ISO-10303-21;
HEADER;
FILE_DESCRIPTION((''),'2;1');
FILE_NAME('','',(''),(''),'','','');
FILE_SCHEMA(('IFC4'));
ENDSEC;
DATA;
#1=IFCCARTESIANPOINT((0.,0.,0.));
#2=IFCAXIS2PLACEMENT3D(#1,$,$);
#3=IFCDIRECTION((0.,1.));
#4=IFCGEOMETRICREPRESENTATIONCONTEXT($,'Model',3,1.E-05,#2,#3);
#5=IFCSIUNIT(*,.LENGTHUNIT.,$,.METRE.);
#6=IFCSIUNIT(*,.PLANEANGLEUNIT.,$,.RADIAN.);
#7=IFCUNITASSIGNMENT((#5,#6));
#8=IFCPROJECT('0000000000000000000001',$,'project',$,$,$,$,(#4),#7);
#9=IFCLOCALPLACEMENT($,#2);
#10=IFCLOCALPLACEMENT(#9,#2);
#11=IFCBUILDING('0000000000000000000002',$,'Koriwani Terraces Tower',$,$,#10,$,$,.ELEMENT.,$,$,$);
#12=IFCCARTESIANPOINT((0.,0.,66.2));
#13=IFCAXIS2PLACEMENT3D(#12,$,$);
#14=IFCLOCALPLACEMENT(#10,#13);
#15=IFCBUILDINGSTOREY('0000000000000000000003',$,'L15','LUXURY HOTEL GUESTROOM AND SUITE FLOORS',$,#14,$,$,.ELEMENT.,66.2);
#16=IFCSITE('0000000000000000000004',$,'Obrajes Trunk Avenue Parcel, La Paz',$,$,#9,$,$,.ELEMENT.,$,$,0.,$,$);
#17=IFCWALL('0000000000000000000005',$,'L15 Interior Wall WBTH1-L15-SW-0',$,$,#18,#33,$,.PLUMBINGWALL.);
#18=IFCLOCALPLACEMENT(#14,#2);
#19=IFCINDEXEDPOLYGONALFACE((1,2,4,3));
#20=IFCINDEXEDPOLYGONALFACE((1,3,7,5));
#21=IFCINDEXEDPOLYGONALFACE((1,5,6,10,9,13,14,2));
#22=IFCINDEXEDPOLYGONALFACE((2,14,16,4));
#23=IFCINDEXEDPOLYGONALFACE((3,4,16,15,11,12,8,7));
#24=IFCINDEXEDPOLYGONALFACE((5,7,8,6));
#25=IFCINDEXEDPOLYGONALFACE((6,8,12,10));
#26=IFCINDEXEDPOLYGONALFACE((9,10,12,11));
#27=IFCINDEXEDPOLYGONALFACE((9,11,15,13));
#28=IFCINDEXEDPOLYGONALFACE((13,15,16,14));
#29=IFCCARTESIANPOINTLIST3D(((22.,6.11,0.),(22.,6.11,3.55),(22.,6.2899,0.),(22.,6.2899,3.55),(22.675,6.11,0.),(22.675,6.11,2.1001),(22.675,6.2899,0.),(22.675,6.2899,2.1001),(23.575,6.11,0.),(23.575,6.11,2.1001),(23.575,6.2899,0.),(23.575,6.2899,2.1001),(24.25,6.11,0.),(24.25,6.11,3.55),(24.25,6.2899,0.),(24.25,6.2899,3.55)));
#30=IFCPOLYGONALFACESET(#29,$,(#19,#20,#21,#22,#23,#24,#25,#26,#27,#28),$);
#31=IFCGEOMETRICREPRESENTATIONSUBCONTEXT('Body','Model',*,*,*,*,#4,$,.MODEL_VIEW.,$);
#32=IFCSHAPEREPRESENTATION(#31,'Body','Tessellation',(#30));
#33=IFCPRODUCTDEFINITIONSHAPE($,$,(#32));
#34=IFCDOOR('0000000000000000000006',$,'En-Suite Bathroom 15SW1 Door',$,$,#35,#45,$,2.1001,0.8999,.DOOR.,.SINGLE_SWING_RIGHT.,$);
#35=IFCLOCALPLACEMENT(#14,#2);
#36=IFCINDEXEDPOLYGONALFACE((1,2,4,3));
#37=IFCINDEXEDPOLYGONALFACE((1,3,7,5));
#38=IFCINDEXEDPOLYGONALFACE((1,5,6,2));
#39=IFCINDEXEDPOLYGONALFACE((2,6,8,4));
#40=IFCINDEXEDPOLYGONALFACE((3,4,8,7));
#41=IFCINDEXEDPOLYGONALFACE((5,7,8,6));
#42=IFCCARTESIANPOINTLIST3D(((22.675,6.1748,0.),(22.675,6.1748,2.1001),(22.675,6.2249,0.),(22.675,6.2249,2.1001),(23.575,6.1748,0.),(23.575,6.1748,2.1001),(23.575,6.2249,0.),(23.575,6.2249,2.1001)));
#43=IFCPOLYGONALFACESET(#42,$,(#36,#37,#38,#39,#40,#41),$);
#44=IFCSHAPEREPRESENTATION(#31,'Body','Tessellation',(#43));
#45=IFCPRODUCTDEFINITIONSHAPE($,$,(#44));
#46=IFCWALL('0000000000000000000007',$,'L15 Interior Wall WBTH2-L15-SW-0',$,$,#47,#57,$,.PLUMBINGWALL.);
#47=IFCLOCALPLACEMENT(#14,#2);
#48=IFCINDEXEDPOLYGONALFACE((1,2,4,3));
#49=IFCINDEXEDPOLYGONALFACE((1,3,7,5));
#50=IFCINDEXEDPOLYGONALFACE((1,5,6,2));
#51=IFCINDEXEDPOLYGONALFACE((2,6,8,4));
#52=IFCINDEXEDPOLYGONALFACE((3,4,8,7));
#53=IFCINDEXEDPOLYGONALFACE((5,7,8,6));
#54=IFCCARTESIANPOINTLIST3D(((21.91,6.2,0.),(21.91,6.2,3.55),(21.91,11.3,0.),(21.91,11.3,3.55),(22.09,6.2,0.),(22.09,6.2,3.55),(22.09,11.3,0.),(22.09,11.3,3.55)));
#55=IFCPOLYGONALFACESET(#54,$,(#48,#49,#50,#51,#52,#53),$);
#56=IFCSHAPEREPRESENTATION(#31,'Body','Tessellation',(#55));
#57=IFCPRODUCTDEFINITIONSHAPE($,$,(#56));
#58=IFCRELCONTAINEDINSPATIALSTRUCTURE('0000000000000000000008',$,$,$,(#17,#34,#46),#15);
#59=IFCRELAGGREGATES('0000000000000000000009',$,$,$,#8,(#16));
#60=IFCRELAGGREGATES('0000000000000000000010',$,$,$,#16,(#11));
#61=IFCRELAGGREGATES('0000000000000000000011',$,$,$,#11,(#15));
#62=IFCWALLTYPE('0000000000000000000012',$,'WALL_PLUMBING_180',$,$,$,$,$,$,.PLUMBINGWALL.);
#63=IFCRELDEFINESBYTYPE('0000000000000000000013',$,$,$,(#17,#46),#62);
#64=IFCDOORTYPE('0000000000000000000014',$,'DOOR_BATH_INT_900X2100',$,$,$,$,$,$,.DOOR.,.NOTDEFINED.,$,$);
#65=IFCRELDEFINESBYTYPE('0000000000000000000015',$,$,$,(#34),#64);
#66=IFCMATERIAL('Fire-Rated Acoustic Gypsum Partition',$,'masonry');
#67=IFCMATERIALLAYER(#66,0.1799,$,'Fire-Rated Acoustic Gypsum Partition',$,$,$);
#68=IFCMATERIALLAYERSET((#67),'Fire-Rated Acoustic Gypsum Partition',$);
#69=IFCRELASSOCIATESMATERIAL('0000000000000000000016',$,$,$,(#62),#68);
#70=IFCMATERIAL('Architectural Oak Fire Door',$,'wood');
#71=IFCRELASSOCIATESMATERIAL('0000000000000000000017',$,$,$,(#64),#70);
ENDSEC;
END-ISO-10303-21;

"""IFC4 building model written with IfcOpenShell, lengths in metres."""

from ifc_helpers import new_model, si_unit, direction, frame, frame_2d, origin, place, context, subcontext, project, spatial, rectangle, extrude, material, layer, layer_set, type_object, element, fill, save


model = new_model("IFC4")

# Units and contexts
model_context = context("Model", 3, precision=1e-05, world=origin(), true_north=direction((0.0, 1.0)))
body_context = subcontext(model_context, "Body", "Model", "MODEL_VIEW")
ifc_project = project(units=[si_unit("LENGTHUNIT", "METRE"), si_unit("PLANEANGLEUNIT", "RADIAN")], contexts=[model_context])

# Site, building, storey
site_placement = place(None, origin())
site = spatial("IfcSite", under=ifc_project, at=site_placement, Name="Obrajes Trunk Avenue Parcel, La Paz", CompositionType="ELEMENT", RefElevation=0.0)
building_placement = place(site_placement, origin())
building = spatial("IfcBuilding", under=site, at=building_placement, Name="Koriwani Terraces Tower", CompositionType="ELEMENT")
storey_placement = place(building_placement, frame((0.0, 0.0, 66.2)))
storey = spatial("IfcBuildingStorey", under=building, at=storey_placement, Name="L15", Description="LUXURY HOTEL GUESTROOM AND SUITE FLOORS", CompositionType="ELEMENT", Elevation=66.2)

# Shared definitions
ifc_material_1 = material(Name="Architectural Oak Fire Door", Category="wood")

# Wall, opening, door
ifc_material_2 = material(Name="Fire-Rated Acoustic Gypsum Partition", Category="masonry")
ifc_layer_1 = layer(ifc_material_2, 0.1799, Name="Fire-Rated Acoustic Gypsum Partition")
ifc_layer_set_1 = layer_set([ifc_layer_1], Name="Fire-Rated Acoustic Gypsum Partition")
wall_type_1 = type_object("IfcWallType", Name="WALL_PLUMBING_180", PredefinedType="PLUMBINGWALL", material=ifc_layer_set_1)
wall_1_placement = place(storey_placement, frame((22.0, 6.2, 0.0), z_axis=(0.0, 0.0, 1.0), x_axis=(1.0, 0.0, 0.0)))
wall_1 = element("IfcWall", 1, at=wall_1_placement, inside=storey, type_object=wall_type_1, Name="L15 Interior Wall WBTH1-L15-SW-0", PredefinedType="PLUMBINGWALL", context=body_context, shape_type="SweptSolid", body=[
    extrude(rectangle(XDim=2.25, YDim=0.1799, at=frame_2d((1.125, 0.0))), origin(), (0.0, 0.0, 1.0), 3.55),
])
opening_1_placement = place(wall_1_placement, frame((0.675, 0.0, 0.0)))
opening_1 = element("IfcOpeningElement", 2, at=opening_1_placement, cuts=wall_1, PredefinedType="OPENING", context=body_context, shape_type="SweptSolid", body=[
    extrude(rectangle(XDim=0.8999, YDim=2.1001, at=frame_2d((0.45, 1.05))), frame((0.0, 0.1001, 0.0), z_axis=(0.0, -1.0, 0.0), x_axis=(1.0, 0.0, 0.0)), (0.0, 0.0, 1.0), 0.2),
])
door_type_1 = type_object("IfcDoorType", Name="DOOR_BATH_INT_900X2100", OperationType="NOTDEFINED", PredefinedType="DOOR", material=ifc_material_1)
door_1_placement = place(opening_1_placement, origin())
door_1 = element("IfcDoor", 3, at=door_1_placement, inside=storey, type_object=door_type_1, Name="En-Suite Bathroom 15SW1 Door", OperationType="SINGLE_SWING_RIGHT", OverallHeight=2.1001, OverallWidth=0.8999, PredefinedType="DOOR", context=body_context, shape_type="SweptSolid", body=[
    extrude(rectangle(XDim=0.8999, YDim=2.1001, at=frame_2d((0.45, 1.05))), frame((0.0, 0.0249, 0.0), z_axis=(0.0, -1.0, 0.0), x_axis=(1.0, 0.0, 0.0)), (0.0, 0.0, 1.0), 0.05),
])
fill(opening_1, door_1)

# Wall
wall_2_placement = place(storey_placement, frame((22.0, 6.2, 0.0), z_axis=(0.0, 0.0, 1.0), x_axis=(0.0, 1.0, 0.0)))
element("IfcWall", 4, at=wall_2_placement, inside=storey, type_object=wall_type_1, Name="L15 Interior Wall WBTH2-L15-SW-0", PredefinedType="PLUMBINGWALL", context=body_context, shape_type="SweptSolid", body=[
    extrude(rectangle(XDim=5.1001, YDim=0.1799, at=frame_2d((2.55, 0.0))), origin(), (0.0, 0.0, 1.0), 3.55),
])

save(model, "model.ifc")
